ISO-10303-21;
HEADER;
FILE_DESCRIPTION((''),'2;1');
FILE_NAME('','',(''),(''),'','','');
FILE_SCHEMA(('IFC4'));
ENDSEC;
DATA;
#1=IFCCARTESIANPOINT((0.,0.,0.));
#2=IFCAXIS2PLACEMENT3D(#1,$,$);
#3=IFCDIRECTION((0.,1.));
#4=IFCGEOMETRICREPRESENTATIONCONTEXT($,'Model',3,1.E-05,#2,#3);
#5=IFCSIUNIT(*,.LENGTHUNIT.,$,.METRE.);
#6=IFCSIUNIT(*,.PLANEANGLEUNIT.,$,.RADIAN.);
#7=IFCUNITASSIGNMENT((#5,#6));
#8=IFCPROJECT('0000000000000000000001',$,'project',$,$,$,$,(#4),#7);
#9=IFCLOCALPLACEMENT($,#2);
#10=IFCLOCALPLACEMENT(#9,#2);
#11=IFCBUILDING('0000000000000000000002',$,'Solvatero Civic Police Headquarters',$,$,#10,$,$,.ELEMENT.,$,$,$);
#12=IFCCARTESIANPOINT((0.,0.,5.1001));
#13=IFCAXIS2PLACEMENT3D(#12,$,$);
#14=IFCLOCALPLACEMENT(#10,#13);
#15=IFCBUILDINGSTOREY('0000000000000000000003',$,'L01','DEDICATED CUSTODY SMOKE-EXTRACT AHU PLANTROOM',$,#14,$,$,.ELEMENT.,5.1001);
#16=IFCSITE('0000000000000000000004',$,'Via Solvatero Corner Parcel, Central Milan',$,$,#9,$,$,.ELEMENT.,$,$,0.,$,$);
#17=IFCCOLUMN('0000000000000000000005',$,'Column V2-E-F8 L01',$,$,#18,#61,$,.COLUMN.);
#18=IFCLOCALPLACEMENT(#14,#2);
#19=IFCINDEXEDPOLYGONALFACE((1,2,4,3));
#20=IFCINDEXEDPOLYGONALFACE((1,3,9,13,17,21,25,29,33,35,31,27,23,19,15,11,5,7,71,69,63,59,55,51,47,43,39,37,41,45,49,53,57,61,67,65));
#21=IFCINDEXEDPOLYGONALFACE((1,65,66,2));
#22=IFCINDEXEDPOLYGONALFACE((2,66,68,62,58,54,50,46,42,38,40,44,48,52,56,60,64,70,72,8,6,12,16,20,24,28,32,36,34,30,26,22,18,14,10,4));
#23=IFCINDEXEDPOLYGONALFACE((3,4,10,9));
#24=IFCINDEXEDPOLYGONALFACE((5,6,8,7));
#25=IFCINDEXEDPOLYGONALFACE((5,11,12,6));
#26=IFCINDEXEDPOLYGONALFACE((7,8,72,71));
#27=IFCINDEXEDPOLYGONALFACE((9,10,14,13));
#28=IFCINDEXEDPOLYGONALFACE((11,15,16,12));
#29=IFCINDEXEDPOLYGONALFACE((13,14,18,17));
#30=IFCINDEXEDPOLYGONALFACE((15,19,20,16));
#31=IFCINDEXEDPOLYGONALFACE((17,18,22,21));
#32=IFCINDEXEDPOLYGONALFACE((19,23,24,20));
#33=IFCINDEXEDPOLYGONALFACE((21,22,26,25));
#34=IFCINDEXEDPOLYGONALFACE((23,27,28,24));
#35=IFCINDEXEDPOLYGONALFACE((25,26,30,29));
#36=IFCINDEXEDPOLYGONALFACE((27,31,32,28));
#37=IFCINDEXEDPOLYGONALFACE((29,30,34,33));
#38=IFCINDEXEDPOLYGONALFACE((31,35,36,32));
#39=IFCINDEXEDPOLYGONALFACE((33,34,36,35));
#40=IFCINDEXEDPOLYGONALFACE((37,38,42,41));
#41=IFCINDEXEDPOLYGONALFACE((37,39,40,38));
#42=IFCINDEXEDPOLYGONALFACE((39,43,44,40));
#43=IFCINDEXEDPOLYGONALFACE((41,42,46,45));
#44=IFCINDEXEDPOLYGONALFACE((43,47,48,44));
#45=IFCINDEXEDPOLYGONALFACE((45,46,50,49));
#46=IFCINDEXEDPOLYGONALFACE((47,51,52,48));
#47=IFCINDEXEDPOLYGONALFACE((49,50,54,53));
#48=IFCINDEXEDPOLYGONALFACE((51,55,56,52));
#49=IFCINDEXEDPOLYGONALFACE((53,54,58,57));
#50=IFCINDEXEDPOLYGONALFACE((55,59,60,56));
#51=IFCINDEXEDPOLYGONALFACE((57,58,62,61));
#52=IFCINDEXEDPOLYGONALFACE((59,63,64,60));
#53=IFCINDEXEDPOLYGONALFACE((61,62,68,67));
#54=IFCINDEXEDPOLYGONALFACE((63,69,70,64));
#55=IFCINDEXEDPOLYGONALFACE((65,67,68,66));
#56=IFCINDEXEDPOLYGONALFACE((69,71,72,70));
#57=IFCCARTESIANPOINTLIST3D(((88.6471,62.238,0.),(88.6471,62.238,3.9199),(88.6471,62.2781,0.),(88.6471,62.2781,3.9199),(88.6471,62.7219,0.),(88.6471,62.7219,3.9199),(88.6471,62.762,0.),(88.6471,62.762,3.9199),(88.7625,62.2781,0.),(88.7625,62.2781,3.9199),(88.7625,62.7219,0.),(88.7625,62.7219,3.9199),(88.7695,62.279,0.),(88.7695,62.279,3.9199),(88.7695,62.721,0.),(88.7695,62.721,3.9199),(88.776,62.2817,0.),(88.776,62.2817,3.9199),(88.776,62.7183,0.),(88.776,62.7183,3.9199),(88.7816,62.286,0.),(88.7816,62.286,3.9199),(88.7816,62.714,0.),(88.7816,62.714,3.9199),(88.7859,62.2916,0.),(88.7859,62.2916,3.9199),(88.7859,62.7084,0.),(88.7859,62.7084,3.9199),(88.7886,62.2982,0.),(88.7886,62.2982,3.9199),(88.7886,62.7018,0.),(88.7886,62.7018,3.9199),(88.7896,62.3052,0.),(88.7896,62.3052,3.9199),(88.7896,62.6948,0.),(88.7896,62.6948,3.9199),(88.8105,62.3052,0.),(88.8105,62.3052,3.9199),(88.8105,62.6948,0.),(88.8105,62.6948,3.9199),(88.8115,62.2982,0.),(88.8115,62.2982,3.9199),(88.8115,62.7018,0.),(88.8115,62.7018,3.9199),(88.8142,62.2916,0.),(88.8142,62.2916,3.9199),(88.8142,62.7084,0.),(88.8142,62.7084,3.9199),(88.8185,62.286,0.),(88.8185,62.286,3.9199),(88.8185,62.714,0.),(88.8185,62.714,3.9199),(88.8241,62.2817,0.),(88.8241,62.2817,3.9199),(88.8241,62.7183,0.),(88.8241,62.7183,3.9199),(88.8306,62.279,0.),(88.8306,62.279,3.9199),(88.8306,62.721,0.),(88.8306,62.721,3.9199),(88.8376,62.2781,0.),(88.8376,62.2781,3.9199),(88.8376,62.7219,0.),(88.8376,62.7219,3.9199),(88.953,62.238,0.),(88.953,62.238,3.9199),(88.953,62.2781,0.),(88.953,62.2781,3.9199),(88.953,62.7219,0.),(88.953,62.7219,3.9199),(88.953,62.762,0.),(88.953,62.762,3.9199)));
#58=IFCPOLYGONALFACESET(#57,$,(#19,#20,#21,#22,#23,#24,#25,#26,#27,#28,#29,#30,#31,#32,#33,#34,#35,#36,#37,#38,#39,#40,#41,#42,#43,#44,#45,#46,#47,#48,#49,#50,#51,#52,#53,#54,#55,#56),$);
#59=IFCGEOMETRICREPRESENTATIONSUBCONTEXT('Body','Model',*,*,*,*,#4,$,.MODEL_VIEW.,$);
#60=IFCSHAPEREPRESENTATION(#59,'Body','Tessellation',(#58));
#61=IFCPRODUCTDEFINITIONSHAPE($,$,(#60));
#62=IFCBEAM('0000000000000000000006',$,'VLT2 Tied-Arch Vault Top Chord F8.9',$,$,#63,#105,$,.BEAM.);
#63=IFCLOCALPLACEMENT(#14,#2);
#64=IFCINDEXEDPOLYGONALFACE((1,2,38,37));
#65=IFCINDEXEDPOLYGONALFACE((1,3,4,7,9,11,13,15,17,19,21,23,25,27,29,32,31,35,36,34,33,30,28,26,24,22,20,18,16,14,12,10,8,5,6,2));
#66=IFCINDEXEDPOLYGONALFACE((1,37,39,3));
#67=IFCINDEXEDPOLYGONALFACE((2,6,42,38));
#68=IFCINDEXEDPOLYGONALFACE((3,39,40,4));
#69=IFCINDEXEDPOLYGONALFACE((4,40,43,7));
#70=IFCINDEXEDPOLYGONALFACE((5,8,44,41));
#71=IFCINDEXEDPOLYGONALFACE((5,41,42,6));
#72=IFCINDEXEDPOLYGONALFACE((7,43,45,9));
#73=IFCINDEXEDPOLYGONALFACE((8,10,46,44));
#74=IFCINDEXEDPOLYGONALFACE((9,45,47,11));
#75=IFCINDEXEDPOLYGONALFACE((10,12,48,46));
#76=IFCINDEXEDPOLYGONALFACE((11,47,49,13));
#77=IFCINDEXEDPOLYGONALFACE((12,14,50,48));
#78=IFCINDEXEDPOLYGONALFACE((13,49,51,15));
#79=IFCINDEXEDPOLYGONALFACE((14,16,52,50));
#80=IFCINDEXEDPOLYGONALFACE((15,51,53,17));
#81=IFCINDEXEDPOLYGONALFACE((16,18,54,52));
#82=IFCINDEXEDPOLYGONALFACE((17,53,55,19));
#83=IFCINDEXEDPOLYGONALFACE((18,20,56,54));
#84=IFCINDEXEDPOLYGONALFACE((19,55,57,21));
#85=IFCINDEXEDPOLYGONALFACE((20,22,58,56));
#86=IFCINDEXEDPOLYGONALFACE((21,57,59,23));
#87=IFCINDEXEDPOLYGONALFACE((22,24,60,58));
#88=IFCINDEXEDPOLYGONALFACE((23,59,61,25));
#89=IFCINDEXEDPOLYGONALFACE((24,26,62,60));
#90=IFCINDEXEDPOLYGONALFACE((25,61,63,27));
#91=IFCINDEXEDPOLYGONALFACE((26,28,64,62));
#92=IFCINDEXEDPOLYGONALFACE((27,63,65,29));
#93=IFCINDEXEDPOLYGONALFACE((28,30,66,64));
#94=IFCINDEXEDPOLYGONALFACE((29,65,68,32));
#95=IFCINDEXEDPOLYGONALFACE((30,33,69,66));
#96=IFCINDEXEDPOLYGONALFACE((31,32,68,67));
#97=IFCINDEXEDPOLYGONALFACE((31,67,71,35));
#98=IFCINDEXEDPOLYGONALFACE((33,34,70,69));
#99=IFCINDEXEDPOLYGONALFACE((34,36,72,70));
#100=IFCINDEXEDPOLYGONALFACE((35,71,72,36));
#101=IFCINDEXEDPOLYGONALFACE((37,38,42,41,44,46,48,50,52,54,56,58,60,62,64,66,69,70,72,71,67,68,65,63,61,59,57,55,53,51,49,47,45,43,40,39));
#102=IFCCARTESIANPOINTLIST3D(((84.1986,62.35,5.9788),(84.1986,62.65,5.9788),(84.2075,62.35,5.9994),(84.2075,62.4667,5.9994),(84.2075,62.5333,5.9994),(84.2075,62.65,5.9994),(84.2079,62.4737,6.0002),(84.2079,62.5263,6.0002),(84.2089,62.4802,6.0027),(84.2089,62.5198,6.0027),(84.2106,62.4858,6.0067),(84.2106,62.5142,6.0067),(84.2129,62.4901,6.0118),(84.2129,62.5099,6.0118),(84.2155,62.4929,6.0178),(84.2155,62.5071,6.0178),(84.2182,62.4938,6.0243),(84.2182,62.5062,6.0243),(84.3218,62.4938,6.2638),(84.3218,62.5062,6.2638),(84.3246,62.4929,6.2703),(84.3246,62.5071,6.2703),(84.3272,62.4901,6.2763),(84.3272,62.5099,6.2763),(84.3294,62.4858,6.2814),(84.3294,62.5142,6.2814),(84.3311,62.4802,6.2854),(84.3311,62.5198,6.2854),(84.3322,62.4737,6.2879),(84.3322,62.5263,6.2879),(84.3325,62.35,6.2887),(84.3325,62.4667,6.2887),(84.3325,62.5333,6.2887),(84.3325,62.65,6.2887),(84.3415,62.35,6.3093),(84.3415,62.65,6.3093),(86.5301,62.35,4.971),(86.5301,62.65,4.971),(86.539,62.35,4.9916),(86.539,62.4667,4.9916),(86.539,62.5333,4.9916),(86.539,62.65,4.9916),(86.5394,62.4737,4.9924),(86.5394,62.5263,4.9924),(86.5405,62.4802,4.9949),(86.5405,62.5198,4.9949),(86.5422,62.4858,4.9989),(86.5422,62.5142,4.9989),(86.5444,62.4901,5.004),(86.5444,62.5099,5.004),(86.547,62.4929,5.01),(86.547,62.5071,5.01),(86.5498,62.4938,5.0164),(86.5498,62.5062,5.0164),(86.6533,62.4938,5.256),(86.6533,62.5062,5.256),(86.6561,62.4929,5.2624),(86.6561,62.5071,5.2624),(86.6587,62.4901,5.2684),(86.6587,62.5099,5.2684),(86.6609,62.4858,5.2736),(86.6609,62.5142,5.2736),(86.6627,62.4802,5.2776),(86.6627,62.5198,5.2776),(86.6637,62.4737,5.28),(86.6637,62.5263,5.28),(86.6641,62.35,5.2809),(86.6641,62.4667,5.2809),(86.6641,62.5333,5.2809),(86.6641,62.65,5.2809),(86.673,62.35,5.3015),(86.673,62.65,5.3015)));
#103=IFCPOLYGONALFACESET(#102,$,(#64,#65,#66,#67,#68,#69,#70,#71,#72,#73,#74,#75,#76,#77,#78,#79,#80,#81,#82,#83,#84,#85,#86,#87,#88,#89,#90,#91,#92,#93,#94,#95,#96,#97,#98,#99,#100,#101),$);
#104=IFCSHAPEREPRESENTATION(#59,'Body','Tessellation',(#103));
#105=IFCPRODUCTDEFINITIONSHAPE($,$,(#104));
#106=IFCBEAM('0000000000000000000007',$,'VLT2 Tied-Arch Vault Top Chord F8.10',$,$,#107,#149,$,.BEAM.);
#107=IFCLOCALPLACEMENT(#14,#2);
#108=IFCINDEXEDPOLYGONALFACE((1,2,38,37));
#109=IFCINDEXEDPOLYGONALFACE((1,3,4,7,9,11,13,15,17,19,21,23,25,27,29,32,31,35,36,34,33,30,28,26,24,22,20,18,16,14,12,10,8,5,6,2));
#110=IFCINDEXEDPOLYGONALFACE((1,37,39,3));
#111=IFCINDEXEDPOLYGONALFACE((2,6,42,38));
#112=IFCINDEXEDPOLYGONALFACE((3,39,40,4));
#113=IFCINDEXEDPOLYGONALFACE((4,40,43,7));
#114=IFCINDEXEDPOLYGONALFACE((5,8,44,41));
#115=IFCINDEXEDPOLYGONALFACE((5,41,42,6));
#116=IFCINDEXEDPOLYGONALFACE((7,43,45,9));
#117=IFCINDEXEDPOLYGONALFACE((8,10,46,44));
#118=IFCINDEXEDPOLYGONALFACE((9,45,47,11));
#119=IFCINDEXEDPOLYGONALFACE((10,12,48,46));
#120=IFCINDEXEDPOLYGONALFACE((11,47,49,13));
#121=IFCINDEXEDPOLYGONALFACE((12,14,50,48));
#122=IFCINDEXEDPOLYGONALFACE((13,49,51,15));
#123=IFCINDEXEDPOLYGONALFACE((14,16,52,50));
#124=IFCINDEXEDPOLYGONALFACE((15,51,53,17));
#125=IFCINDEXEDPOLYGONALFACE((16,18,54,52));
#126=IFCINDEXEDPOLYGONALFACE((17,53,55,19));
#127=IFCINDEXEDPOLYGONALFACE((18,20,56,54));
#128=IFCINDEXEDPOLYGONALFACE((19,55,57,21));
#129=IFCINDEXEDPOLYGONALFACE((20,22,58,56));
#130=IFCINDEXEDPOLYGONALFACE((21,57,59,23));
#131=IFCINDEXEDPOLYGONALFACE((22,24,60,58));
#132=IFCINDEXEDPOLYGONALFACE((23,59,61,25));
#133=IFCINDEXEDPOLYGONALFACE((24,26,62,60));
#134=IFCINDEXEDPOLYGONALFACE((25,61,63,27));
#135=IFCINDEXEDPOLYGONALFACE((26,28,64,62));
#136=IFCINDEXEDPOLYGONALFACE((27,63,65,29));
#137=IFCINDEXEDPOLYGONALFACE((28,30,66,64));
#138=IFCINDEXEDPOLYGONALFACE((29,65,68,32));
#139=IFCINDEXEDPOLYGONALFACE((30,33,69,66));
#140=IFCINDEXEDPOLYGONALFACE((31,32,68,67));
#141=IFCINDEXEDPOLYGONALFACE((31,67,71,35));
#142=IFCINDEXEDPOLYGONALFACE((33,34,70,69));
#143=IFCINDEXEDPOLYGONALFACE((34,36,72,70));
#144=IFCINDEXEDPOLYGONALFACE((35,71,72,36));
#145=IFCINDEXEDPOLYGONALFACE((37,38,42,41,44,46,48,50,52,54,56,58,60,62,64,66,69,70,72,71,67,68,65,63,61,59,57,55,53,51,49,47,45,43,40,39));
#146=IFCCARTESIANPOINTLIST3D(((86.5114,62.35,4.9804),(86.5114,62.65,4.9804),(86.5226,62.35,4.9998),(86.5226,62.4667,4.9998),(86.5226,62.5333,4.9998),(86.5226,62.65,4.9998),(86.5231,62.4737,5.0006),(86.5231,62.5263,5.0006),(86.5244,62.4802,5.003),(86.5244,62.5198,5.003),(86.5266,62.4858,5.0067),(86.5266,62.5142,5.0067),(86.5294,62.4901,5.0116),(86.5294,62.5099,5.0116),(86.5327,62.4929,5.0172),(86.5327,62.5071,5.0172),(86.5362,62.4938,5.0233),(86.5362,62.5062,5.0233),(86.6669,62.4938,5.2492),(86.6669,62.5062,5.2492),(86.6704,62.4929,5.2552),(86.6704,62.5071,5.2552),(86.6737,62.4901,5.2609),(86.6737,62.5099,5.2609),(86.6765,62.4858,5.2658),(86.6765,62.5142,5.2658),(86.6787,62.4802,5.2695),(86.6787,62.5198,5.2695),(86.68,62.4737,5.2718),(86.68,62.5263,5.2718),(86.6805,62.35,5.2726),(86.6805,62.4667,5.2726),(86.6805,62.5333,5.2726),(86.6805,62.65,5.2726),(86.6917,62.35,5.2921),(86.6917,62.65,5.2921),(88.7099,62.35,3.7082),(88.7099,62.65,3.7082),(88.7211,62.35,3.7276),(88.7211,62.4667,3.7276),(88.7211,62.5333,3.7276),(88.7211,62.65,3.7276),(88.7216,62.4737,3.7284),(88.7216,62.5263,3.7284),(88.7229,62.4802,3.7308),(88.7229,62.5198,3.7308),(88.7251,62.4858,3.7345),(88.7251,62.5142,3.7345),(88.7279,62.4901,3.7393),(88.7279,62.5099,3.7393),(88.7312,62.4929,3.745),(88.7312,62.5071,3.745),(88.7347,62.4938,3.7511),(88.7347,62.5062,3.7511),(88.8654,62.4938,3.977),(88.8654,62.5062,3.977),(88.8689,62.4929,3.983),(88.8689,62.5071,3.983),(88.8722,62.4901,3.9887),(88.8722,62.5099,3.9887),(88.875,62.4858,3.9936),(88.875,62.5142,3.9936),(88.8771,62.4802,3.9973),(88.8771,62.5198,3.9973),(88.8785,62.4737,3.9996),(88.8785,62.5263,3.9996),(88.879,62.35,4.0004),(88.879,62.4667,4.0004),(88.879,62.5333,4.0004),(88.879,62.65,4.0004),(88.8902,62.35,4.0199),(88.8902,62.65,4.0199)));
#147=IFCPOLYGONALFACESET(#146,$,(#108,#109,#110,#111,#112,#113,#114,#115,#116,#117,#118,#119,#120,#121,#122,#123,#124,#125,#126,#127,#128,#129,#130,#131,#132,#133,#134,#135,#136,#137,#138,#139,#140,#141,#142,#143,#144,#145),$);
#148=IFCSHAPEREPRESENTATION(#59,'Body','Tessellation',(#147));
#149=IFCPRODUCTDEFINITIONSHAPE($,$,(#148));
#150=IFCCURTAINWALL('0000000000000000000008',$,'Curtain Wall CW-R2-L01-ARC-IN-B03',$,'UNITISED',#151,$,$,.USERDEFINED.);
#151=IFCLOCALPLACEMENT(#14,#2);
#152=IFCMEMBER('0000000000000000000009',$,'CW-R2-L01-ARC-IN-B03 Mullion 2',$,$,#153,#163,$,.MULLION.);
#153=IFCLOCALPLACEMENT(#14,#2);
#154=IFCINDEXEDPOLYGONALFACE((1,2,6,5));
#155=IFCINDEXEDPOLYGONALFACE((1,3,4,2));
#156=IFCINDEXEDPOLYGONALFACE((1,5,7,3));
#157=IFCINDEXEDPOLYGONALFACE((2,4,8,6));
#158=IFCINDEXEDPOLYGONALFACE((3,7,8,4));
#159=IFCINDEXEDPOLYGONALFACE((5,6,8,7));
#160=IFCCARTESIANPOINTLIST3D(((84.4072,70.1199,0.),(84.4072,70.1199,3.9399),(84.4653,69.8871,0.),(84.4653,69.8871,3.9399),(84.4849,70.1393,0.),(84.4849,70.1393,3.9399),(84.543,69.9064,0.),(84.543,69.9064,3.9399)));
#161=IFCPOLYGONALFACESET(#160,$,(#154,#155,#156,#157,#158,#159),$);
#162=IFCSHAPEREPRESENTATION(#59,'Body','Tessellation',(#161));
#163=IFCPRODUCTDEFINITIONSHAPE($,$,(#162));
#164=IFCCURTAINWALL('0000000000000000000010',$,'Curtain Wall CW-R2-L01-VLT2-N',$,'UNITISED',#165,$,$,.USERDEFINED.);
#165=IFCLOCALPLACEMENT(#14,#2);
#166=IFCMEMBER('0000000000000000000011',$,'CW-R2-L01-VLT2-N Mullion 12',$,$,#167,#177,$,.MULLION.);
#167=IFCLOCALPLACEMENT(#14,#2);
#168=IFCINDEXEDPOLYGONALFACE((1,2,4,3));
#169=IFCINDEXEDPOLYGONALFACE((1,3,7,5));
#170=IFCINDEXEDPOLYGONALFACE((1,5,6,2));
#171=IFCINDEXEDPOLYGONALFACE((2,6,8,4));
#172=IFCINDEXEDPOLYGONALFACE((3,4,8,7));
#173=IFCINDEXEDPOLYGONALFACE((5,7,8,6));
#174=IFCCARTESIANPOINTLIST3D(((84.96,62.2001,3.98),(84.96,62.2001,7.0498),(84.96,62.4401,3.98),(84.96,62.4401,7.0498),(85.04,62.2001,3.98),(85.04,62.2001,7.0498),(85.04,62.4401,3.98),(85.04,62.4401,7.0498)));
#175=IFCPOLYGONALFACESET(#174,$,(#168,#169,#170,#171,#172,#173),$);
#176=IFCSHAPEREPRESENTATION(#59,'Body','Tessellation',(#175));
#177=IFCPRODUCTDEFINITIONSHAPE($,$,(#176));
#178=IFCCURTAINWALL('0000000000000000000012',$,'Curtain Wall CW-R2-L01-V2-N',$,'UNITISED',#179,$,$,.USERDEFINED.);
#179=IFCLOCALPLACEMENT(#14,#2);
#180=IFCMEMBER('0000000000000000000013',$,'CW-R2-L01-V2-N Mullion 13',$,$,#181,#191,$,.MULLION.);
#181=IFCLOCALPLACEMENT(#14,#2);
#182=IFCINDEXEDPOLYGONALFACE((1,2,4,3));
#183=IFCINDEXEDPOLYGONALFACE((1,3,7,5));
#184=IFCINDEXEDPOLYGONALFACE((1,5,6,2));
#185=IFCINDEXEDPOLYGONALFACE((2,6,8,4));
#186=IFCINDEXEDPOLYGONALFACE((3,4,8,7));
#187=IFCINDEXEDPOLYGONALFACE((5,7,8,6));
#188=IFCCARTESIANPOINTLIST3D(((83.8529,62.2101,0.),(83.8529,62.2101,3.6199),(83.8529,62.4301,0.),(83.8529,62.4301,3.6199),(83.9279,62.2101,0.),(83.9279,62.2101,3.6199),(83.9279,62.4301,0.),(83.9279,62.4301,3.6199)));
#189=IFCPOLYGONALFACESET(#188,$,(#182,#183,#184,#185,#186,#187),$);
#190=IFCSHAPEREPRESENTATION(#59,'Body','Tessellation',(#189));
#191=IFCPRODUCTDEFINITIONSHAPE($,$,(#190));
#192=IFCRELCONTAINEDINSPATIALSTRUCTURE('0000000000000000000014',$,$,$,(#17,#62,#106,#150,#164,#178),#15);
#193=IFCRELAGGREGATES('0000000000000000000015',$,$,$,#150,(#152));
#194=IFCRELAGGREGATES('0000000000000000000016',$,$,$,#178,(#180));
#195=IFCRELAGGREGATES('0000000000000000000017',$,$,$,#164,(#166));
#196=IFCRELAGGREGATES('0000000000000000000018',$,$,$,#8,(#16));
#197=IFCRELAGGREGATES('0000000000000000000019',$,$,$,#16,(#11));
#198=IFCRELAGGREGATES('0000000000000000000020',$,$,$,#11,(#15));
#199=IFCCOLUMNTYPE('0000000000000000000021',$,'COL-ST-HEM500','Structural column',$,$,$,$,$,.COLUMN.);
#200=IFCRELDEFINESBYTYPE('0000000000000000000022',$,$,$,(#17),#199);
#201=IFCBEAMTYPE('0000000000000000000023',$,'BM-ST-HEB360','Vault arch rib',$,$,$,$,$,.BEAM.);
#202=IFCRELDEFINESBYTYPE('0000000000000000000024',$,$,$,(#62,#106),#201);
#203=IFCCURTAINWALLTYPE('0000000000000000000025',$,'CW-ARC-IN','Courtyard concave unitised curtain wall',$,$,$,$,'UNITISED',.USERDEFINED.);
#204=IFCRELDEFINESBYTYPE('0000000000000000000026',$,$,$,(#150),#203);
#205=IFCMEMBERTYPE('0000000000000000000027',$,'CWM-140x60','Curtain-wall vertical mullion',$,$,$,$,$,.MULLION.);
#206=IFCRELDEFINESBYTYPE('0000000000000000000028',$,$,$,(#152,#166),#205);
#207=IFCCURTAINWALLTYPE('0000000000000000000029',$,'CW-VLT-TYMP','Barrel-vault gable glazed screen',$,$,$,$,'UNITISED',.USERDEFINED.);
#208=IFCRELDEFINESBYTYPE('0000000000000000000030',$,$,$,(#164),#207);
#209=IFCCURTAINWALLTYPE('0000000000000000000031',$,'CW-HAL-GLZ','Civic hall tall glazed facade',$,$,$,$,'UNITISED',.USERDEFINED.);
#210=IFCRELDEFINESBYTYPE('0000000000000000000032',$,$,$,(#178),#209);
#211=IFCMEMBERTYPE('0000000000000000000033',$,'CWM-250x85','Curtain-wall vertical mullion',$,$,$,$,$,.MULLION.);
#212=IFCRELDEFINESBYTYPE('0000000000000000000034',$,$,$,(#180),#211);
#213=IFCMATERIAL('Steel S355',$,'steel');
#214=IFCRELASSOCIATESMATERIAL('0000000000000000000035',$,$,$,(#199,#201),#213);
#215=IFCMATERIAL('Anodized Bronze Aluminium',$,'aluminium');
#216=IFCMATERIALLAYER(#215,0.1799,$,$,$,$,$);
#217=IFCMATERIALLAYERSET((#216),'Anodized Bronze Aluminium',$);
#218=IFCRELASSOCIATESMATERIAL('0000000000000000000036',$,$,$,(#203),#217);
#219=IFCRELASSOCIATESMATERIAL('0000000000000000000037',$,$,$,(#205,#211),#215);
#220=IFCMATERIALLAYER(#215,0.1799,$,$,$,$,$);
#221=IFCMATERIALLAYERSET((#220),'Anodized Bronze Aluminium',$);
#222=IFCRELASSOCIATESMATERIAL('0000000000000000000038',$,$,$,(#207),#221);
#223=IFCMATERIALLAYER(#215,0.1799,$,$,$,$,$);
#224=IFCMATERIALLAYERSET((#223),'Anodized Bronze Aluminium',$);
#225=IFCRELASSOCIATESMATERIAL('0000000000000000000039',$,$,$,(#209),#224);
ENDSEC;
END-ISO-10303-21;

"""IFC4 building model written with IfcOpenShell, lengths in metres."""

from ifc_helpers import new_model, si_unit, direction, frame, origin, origin_2d, place, context, subcontext, project, spatial, rectangle, i_section, extrude, material, layer, layer_set, material_profile, profile_set, type_object, element, aggregate, save


model = new_model("IFC4")

# Units and contexts
model_context = context("Model", 3, precision=1e-05, world=origin(), true_north=direction((0.0, 1.0)))
body_context = subcontext(model_context, "Body", "Model", "MODEL_VIEW")
ifc_project = project(units=[si_unit("LENGTHUNIT", "METRE"), si_unit("PLANEANGLEUNIT", "RADIAN")], contexts=[model_context])

# Site, building, storey
site_placement = place(None, origin())
site = spatial("IfcSite", under=ifc_project, at=site_placement, Name="Via Solvatero Corner Parcel, Central Milan", CompositionType="ELEMENT", RefElevation=0.0)
building_placement = place(site_placement, origin())
building = spatial("IfcBuilding", under=site, at=building_placement, Name="Solvatero Civic Police Headquarters", CompositionType="ELEMENT")
storey_placement = place(building_placement, frame((0.0, 0.0, 5.1001)))
storey = spatial("IfcBuildingStorey", under=building, at=storey_placement, Name="L01", Description="DEDICATED CUSTODY SMOKE-EXTRACT AHU PLANTROOM", CompositionType="ELEMENT", Elevation=5.1001)

# Column
ifc_material_1 = material(Name="Steel S355", Category="steel")
ifc_material_profile_1 = material_profile(ifc_material_1, i_section(OverallWidth=0.3059, OverallDepth=0.5239, WebThickness=0.021, FlangeThickness=0.04, FilletRadius=0.0271, at=origin_2d()), Name="HEM 500")
ifc_profile_set_1 = profile_set([ifc_material_profile_1], Name="Steel S355")
column_type = type_object("IfcColumnType", Name="COL-ST-HEM500", Description="Structural column", PredefinedType="COLUMN", material=ifc_profile_set_1)
column_placement = place(storey_placement, frame((88.8, 62.5, 0.0), z_axis=(0.0, 0.0, 1.0), x_axis=(1.0, 0.0, 0.0)))
element("IfcColumn", 1, at=column_placement, inside=storey, type_object=column_type, Name="Column V2-E-F8 L01", PredefinedType="COLUMN", context=body_context, shape_type="SweptSolid", body=[
    extrude(i_section(OverallWidth=0.3059, OverallDepth=0.5239, WebThickness=0.021, FlangeThickness=0.04, FilletRadius=0.0271, at=origin_2d()), origin(), (0.0, 0.0, 1.0), 3.9199),
])

# Beams
ifc_material_profile_2 = material_profile(ifc_material_1, i_section(OverallWidth=0.3, OverallDepth=0.3601, WebThickness=0.0125, FlangeThickness=0.0225, FilletRadius=0.0271, at=origin_2d()), Name="HEB 360")
ifc_profile_set_2 = profile_set([ifc_material_profile_2], Name="Steel S355")
beam_type = type_object("IfcBeamType", Name="BM-ST-HEB360", Description="Vault arch rib", PredefinedType="BEAM", material=ifc_profile_set_2)
for number, where, z_axis, x_axis, name in (
    (2, (84.27, 62.5, 6.144), (0.917918, 0.0, -0.396771), (0.0, 1.0, 0.0), "VLT2 Tied-Arch Vault Top Chord F8.9"),
    (3, (86.6016, 62.5, 5.1362), (0.865527, 0.0, -0.500862), (0.0, 1.0, 0.0), "VLT2 Tied-Arch Vault Top Chord F8.10"),
):
    element("IfcBeam", number, at=place(storey_placement, frame(where, z_axis=z_axis, x_axis=x_axis)), inside=storey, type_object=beam_type, Name=name, PredefinedType="BEAM", context=body_context, shape_type="SweptSolid", body=[
        extrude(i_section(OverallWidth=0.3, OverallDepth=0.3601, WebThickness=0.0125, FlangeThickness=0.0225, FilletRadius=0.0271, at=origin_2d()), origin(), (0.0, 0.0, 1.0), 2.54),
    ])

# Curtain walls, members
ifc_material_2 = material(Name="Anodized Bronze Aluminium", Category="aluminium")
ifc_layer_1 = layer(ifc_material_2, 0.1799)
ifc_layer_set_1 = layer_set([ifc_layer_1], Name="Anodized Bronze Aluminium")
curtain_wall_type_1 = type_object("IfcCurtainWallType", Name="CW-ARC-IN", Description="Courtyard concave unitised curtain wall", ElementType="UNITISED", PredefinedType="USERDEFINED", material=ifc_layer_set_1)
curtain_wall_1_placement = place(storey_placement, origin())
curtain_wall_1 = element("IfcCurtainWall", 4, at=curtain_wall_1_placement, inside=storey, type_object=curtain_wall_type_1, Name="Curtain Wall CW-R2-L01-ARC-IN-B03", ObjectType="UNITISED", PredefinedType="USERDEFINED")
ifc_material_profile_3 = material_profile(ifc_material_2, rectangle(XDim=0.0801, YDim=0.24, at=origin_2d()), Name="ALU MULLION 80x240")
ifc_profile_set_3 = profile_set([ifc_material_profile_3], Name="Anodized Bronze Aluminium")
member_type_1 = type_object("IfcMemberType", Name="CWM-140x60", Description="Curtain-wall vertical mullion", PredefinedType="MULLION", material=ifc_profile_set_3)
member_1_placement = place(storey_placement, frame((84.4751, 70.0132, 0.0), z_axis=(0.0, 0.0, 1.0), x_axis=(-0.9703, -0.241905, 0.0)))
member_1 = element("IfcMember", 5, at=member_1_placement, type_object=member_type_1, Name="CW-R2-L01-ARC-IN-B03 Mullion 2", PredefinedType="MULLION", context=body_context, shape_type="SweptSolid", body=[
    extrude(rectangle(XDim=0.0801, YDim=0.24, at=origin_2d()), origin(), (0.0, 0.0, 1.0), 3.9399),
])
ifc_layer_2 = layer(ifc_material_2, 0.1799)
ifc_layer_set_2 = layer_set([ifc_layer_2], Name="Anodized Bronze Aluminium")
curtain_wall_type_2 = type_object("IfcCurtainWallType", Name="CW-VLT-TYMP", Description="Barrel-vault gable glazed screen", ElementType="UNITISED", PredefinedType="USERDEFINED", material=ifc_layer_set_2)
curtain_wall_2_placement = place(storey_placement, origin())
curtain_wall_2 = element("IfcCurtainWall", 6, at=curtain_wall_2_placement, inside=storey, type_object=curtain_wall_type_2, Name="Curtain Wall CW-R2-L01-VLT2-N", ObjectType="UNITISED", PredefinedType="USERDEFINED")
member_2_placement = place(storey_placement, frame((85.0, 62.3201, 3.98), z_axis=(0.0, 0.0, 1.0), x_axis=(1.0, 0.0, 0.0)))
member_2 = element("IfcMember", 7, at=member_2_placement, type_object=member_type_1, Name="CW-R2-L01-VLT2-N Mullion 12", PredefinedType="MULLION", context=body_context, shape_type="SweptSolid", body=[
    extrude(rectangle(XDim=0.0801, YDim=0.24, at=origin_2d()), origin(), (0.0, 0.0, 1.0), 3.0698),
])

# Curtain wall, member
ifc_layer_3 = layer(ifc_material_2, 0.1799)
ifc_layer_set_3 = layer_set([ifc_layer_3], Name="Anodized Bronze Aluminium")
curtain_wall_type_3 = type_object("IfcCurtainWallType", Name="CW-HAL-GLZ", Description="Civic hall tall glazed facade", ElementType="UNITISED", PredefinedType="USERDEFINED", material=ifc_layer_set_3)
curtain_wall_3_placement = place(storey_placement, origin())
curtain_wall_3 = element("IfcCurtainWall", 8, at=curtain_wall_3_placement, inside=storey, type_object=curtain_wall_type_3, Name="Curtain Wall CW-R2-L01-V2-N", ObjectType="UNITISED", PredefinedType="USERDEFINED")
ifc_material_profile_4 = material_profile(ifc_material_2, rectangle(XDim=0.075, YDim=0.22, at=origin_2d()), Name="ALU MULLION 75x220")
ifc_profile_set_4 = profile_set([ifc_material_profile_4], Name="Anodized Bronze Aluminium")
member_type_2 = type_object("IfcMemberType", Name="CWM-250x85", Description="Curtain-wall vertical mullion", PredefinedType="MULLION", material=ifc_profile_set_4)
member_3_placement = place(storey_placement, frame((83.8904, 62.3201, 0.0), z_axis=(0.0, 0.0, 1.0), x_axis=(1.0, 0.0, 0.0)))
member_3 = element("IfcMember", 9, at=member_3_placement, type_object=member_type_2, Name="CW-R2-L01-V2-N Mullion 13", PredefinedType="MULLION", context=body_context, shape_type="SweptSolid", body=[
    extrude(rectangle(XDim=0.075, YDim=0.22, at=origin_2d()), origin(), (0.0, 0.0, 1.0), 3.6199),
])

aggregate(curtain_wall_1, [member_1])
aggregate(curtain_wall_3, [member_3])
aggregate(curtain_wall_2, [member_2])

save(model, "model.ifc")
